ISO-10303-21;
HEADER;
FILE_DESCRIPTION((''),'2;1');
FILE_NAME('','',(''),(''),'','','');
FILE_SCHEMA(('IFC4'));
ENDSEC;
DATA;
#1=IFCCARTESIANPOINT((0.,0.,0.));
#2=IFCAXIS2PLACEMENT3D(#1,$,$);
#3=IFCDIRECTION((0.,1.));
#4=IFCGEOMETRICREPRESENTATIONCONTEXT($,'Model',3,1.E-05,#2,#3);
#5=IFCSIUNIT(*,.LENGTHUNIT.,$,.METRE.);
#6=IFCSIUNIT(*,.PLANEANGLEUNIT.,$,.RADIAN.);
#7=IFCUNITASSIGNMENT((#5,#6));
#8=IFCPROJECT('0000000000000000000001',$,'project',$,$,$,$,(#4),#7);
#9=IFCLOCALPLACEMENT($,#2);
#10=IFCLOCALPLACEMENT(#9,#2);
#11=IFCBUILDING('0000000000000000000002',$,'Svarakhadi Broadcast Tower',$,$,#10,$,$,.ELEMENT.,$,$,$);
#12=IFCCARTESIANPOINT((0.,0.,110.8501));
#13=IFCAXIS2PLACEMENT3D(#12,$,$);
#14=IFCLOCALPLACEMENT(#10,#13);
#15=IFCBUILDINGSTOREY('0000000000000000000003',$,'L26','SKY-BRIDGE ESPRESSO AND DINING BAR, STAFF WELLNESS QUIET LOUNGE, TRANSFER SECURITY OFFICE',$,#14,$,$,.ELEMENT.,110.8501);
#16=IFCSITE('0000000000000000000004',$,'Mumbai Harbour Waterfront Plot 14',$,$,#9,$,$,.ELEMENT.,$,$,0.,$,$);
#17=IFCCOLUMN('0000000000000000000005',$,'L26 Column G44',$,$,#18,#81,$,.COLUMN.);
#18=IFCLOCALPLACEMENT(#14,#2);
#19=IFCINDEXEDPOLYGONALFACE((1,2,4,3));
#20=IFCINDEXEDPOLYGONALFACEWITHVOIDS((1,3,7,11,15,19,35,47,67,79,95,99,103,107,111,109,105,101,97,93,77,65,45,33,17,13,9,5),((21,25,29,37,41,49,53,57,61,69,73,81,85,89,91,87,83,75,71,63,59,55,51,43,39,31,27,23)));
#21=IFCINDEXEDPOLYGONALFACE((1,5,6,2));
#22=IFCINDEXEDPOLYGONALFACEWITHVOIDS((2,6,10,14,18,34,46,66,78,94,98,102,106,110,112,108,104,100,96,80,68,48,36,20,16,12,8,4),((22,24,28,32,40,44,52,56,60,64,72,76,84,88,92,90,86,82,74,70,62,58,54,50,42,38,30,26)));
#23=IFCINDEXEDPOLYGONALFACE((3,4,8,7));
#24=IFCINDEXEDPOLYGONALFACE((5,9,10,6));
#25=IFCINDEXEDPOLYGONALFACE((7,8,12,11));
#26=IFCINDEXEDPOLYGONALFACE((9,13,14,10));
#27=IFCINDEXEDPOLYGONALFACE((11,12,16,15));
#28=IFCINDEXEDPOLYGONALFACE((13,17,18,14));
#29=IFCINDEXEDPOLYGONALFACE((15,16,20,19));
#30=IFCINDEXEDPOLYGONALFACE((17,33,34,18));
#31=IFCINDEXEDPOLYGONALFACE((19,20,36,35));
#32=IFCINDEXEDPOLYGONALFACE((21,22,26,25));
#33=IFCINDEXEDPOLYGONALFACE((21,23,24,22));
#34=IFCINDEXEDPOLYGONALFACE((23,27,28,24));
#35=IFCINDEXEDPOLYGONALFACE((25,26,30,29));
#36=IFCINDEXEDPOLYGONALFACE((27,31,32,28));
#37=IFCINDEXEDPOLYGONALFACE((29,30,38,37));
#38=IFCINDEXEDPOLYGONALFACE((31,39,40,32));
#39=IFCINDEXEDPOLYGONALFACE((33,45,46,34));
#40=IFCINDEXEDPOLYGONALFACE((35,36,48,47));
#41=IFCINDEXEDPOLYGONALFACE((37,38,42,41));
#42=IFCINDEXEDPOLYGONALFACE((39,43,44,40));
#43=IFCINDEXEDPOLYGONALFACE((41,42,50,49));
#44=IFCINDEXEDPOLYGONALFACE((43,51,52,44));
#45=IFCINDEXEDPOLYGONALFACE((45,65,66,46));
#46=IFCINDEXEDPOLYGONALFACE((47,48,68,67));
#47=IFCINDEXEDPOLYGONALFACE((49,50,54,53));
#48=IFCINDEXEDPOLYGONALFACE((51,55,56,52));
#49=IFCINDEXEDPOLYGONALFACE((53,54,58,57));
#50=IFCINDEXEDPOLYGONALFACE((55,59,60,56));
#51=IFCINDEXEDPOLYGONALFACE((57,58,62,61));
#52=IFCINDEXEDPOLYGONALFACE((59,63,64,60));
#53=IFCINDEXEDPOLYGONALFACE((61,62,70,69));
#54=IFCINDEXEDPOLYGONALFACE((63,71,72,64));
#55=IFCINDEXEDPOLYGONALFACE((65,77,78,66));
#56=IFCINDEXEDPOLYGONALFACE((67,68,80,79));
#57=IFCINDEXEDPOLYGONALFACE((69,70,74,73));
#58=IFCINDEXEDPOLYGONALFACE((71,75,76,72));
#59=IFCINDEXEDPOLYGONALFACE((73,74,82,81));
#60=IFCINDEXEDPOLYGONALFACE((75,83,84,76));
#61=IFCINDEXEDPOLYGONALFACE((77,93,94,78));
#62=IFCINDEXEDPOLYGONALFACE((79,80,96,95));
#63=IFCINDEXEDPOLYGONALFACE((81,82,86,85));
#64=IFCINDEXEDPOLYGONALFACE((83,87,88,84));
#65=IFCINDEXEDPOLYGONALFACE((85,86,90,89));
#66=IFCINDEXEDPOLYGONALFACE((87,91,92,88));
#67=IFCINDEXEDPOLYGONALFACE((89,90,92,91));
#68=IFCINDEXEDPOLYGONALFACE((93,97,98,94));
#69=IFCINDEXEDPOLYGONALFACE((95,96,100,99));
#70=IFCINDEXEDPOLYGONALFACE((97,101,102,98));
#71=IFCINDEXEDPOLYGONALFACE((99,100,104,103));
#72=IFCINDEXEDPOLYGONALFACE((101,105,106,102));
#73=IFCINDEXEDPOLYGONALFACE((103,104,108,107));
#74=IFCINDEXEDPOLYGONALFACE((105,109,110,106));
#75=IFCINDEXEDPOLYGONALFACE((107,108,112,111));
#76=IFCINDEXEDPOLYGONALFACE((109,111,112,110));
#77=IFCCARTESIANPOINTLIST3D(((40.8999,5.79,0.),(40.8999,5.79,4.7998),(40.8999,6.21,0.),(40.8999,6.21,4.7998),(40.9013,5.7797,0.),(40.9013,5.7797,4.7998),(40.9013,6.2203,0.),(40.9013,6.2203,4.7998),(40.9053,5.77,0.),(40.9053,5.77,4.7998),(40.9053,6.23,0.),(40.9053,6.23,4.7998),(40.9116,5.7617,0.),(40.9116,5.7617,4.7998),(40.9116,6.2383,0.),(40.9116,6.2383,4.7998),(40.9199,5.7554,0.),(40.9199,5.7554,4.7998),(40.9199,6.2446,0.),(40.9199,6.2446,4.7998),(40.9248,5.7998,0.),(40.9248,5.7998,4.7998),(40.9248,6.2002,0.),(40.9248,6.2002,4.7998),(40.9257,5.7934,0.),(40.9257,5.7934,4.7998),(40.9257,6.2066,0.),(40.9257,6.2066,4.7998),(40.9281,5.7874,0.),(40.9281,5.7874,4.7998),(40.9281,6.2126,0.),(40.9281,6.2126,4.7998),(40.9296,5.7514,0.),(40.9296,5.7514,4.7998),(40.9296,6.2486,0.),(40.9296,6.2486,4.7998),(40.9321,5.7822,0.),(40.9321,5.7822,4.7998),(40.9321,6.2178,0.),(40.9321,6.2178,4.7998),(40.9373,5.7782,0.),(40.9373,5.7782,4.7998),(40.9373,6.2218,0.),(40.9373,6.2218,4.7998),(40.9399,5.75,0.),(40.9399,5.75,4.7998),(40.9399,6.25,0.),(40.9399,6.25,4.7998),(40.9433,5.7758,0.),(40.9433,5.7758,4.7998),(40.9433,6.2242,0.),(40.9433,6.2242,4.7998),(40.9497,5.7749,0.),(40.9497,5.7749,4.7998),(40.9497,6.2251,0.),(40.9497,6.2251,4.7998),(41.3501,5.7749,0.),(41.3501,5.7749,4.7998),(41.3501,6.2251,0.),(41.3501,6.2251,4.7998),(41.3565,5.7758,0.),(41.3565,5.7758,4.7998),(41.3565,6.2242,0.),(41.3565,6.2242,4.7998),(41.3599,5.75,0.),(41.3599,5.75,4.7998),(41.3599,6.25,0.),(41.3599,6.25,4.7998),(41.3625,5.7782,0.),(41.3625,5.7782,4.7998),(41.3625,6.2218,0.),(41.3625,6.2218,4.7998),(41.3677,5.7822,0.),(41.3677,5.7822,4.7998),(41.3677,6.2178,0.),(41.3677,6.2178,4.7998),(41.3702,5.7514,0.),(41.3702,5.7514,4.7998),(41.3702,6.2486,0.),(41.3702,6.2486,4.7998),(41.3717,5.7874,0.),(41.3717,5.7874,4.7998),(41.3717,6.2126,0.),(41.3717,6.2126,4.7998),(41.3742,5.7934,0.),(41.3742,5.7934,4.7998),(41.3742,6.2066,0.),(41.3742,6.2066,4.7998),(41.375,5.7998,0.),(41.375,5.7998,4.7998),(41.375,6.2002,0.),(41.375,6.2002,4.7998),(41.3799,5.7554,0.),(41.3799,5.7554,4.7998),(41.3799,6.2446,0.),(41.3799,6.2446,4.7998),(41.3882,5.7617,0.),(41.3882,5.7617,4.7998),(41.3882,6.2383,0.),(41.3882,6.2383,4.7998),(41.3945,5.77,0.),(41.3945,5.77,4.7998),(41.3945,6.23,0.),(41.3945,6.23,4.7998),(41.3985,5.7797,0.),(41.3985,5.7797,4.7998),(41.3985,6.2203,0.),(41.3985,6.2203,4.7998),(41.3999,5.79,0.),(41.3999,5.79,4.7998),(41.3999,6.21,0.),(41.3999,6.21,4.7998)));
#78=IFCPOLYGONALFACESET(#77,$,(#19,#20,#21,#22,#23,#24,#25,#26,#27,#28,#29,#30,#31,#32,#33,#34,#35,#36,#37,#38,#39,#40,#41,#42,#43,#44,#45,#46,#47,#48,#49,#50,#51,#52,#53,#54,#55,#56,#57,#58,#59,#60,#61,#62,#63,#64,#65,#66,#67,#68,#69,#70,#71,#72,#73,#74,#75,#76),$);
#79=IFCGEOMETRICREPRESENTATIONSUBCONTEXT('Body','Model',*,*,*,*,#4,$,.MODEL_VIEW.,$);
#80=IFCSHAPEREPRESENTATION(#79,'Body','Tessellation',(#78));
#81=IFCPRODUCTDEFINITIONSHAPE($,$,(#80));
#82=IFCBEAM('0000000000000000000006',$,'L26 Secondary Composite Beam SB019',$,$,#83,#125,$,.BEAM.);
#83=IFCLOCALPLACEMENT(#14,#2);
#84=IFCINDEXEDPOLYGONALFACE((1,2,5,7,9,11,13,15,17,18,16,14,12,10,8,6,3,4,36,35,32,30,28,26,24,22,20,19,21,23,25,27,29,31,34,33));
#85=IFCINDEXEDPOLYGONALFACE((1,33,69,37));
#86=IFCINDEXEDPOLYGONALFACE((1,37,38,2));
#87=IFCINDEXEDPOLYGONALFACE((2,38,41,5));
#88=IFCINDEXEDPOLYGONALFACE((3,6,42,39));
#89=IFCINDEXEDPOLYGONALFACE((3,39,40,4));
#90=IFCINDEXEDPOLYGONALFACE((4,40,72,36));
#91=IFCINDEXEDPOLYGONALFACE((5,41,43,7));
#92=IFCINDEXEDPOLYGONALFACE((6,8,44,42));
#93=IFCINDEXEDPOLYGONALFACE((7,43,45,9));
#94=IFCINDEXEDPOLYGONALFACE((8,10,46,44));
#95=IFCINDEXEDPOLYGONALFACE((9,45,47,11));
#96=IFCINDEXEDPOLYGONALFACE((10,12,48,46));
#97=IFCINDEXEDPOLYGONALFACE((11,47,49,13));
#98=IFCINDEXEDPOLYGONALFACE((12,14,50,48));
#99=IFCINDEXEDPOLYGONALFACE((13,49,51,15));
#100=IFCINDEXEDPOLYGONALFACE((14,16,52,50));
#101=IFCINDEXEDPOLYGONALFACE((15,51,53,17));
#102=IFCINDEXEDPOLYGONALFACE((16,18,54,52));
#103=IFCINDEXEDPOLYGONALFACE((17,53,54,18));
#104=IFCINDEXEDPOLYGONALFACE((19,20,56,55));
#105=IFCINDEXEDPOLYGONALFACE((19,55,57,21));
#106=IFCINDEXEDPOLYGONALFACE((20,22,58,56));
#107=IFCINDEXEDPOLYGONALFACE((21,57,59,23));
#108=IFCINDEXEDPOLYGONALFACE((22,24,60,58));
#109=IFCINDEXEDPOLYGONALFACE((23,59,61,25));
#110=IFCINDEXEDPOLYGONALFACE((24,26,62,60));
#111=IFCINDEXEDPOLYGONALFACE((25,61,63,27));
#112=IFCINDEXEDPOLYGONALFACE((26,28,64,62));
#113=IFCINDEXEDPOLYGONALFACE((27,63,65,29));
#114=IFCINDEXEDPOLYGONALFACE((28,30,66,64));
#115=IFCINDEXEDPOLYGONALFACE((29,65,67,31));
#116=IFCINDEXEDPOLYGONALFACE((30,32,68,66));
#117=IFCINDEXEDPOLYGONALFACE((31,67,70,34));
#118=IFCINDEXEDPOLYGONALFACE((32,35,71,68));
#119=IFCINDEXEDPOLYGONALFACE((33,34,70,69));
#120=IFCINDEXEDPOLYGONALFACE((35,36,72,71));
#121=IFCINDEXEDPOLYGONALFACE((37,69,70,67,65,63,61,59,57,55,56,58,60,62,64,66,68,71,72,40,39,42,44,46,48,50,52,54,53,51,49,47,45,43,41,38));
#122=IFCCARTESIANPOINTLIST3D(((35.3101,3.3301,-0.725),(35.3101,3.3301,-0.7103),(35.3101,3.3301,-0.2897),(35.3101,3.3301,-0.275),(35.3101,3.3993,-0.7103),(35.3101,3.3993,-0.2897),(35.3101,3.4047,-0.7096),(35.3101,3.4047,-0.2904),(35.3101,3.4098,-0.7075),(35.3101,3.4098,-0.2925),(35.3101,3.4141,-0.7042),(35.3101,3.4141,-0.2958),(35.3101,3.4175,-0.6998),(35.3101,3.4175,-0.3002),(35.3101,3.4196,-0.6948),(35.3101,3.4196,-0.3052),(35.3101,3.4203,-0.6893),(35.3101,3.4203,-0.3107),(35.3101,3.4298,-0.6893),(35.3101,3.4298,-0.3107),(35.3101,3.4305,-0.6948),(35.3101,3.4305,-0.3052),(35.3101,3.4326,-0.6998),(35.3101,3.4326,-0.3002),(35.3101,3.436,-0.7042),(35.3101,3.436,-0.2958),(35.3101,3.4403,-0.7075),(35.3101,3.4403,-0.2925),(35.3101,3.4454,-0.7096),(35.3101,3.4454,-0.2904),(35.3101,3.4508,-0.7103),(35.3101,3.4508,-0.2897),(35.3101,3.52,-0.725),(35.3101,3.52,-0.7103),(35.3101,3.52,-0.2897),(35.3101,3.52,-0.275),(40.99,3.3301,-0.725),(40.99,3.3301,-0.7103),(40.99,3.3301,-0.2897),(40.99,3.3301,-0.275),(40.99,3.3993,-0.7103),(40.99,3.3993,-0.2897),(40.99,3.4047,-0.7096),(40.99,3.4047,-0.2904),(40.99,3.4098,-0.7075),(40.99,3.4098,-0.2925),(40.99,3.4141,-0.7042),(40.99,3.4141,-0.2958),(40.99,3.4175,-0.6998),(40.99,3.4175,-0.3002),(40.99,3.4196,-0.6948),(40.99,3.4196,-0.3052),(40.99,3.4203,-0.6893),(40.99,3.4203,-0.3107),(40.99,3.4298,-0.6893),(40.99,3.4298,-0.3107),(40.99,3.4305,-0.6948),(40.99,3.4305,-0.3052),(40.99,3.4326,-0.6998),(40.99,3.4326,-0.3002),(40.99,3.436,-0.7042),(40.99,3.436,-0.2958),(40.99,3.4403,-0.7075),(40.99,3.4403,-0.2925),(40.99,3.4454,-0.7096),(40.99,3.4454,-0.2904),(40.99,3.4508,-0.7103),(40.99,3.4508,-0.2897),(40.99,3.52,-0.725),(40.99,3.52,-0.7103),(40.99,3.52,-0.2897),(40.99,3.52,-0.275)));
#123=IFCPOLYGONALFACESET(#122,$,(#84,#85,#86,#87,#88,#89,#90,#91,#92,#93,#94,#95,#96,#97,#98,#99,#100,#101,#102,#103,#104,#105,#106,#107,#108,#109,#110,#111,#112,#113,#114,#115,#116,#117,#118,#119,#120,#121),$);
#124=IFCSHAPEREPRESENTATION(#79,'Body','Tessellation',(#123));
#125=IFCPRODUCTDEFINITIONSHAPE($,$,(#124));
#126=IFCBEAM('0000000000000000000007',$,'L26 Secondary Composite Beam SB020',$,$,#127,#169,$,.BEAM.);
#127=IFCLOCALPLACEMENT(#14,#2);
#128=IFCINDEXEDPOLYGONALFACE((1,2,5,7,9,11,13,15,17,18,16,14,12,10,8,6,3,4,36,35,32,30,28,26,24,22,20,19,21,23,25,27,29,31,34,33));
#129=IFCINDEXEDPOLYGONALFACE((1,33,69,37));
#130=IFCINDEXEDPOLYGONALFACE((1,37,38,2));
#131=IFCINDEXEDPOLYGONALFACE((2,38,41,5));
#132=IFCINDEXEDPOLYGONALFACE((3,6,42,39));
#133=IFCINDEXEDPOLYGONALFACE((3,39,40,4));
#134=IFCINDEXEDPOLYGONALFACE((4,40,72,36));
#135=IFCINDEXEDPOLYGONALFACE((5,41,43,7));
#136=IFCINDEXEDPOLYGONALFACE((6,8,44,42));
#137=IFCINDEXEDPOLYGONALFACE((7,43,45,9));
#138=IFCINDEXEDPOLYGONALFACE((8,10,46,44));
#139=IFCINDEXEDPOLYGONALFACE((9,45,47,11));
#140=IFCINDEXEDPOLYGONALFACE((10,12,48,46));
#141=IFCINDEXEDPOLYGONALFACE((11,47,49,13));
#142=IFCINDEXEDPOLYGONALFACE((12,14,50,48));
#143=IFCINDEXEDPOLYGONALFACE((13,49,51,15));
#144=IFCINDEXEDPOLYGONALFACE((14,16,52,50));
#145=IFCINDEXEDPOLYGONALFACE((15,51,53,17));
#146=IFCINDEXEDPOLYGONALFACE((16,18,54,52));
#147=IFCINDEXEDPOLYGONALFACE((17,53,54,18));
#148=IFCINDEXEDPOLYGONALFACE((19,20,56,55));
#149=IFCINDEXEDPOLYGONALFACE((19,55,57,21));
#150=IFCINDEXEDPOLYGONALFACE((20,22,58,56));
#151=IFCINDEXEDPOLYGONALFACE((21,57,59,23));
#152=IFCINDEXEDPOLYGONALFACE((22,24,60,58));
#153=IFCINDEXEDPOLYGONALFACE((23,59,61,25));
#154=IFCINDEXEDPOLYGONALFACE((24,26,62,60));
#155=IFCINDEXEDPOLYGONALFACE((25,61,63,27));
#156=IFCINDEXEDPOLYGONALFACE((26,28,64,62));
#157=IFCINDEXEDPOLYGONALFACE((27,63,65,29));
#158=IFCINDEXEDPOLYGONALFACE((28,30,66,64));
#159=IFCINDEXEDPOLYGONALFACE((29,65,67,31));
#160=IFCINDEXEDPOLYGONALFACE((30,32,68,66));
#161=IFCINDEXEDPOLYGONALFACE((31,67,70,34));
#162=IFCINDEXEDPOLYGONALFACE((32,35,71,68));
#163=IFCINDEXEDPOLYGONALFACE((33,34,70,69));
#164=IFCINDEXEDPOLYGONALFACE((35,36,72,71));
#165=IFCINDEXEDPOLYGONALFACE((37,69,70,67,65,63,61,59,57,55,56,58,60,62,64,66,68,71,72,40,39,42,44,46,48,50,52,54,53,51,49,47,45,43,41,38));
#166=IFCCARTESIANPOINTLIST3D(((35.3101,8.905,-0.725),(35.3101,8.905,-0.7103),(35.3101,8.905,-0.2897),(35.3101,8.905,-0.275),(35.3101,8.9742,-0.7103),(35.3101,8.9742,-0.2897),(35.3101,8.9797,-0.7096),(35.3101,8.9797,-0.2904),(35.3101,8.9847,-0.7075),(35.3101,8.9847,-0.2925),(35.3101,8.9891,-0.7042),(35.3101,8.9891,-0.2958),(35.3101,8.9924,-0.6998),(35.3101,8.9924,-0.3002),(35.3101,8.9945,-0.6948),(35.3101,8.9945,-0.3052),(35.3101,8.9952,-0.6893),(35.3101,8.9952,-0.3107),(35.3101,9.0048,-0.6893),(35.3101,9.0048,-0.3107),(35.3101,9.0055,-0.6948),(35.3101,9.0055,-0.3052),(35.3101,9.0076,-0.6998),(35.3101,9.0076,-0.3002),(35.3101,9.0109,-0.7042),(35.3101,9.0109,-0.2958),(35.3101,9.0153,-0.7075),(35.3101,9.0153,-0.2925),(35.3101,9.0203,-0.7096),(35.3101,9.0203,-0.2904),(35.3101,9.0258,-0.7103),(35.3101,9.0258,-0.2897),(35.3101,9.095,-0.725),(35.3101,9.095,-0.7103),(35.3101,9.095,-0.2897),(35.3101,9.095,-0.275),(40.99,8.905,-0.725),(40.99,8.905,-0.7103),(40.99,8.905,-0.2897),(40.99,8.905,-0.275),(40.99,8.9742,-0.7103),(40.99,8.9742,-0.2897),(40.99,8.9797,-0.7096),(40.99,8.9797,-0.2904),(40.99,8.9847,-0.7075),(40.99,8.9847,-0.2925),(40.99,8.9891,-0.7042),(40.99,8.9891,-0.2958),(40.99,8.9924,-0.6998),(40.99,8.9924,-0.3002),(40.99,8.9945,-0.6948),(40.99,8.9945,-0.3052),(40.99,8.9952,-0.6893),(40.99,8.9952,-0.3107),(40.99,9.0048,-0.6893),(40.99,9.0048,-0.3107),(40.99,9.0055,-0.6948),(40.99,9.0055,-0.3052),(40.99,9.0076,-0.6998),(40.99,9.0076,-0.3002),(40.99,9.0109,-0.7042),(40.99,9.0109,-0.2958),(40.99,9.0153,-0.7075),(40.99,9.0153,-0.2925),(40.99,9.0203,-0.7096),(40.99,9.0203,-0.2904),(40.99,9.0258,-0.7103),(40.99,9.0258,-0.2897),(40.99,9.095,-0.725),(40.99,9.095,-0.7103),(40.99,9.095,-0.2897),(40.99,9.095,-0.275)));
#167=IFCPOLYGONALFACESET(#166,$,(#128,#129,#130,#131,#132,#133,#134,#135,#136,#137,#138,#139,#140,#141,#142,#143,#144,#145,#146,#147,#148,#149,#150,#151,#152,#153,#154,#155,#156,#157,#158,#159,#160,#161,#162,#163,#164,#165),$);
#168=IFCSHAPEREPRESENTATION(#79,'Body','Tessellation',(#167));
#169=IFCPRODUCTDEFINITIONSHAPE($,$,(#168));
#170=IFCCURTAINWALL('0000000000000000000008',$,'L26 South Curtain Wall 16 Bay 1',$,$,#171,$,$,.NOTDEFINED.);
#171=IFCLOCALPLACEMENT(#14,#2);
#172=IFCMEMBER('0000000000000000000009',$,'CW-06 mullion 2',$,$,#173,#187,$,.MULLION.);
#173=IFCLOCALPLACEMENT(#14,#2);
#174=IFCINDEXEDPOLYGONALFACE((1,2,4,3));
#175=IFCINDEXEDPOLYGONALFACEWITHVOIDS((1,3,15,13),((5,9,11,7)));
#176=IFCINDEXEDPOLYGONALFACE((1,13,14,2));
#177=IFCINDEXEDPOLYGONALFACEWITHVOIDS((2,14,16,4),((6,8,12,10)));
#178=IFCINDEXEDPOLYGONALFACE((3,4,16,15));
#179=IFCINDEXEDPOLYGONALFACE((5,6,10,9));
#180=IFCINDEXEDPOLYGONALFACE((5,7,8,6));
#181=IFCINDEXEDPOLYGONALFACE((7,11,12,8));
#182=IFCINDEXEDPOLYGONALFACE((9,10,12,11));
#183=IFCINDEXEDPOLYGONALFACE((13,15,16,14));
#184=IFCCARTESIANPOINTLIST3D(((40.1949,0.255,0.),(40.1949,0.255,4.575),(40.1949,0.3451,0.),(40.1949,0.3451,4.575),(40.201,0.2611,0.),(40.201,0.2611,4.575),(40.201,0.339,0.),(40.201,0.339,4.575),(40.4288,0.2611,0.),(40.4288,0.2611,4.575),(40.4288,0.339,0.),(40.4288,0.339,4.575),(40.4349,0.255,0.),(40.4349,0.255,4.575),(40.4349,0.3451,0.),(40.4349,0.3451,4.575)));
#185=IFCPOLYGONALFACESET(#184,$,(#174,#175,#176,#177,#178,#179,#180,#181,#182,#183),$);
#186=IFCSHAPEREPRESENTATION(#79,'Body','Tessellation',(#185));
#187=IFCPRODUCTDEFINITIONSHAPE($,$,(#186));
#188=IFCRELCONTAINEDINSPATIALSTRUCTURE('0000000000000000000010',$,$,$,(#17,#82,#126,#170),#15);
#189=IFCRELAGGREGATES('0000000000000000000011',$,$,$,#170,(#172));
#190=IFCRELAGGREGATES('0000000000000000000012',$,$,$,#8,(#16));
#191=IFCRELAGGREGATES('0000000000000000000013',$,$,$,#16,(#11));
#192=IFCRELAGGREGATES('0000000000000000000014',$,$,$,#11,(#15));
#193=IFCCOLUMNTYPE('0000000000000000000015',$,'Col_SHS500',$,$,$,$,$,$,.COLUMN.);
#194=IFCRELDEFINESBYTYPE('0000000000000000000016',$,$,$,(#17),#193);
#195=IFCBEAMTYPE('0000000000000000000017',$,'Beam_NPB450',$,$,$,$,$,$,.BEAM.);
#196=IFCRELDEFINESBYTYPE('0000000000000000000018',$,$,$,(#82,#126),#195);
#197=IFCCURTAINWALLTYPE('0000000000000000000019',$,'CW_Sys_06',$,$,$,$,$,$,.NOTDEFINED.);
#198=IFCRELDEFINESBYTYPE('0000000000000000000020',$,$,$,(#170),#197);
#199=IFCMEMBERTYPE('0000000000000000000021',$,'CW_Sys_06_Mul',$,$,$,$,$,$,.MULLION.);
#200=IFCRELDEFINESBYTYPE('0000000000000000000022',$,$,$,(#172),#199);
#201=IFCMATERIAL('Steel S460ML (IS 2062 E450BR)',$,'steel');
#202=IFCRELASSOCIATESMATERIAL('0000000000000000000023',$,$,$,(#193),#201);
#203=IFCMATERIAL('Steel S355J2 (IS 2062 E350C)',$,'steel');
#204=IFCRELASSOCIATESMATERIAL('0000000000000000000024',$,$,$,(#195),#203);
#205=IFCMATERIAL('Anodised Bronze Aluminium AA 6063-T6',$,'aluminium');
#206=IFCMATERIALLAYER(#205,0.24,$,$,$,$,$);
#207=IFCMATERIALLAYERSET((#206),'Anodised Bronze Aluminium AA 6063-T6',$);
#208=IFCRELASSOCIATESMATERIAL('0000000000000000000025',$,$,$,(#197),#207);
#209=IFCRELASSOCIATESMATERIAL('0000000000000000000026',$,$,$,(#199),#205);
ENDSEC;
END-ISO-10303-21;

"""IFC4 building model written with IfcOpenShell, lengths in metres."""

from ifc_helpers import new_model, si_unit, direction, frame, origin, origin_2d, place, context, subcontext, project, spatial, hollow_rectangle, i_section, extrude, material, layer, layer_set, material_profile, profile_set, type_object, element, aggregate, save


model = new_model("IFC4")

# Units and contexts
model_context = context("Model", 3, precision=1e-05, world=origin(), true_north=direction((0.0, 1.0)))
body_context = subcontext(model_context, "Body", "Model", "MODEL_VIEW")
ifc_project = project(units=[si_unit("LENGTHUNIT", "METRE"), si_unit("PLANEANGLEUNIT", "RADIAN")], contexts=[model_context])

# Site, building, storey
site_placement = place(None, origin())
site = spatial("IfcSite", under=ifc_project, at=site_placement, Name="Mumbai Harbour Waterfront Plot 14", CompositionType="ELEMENT", RefElevation=0.0)
building_placement = place(site_placement, origin())
building = spatial("IfcBuilding", under=site, at=building_placement, Name="Svarakhadi Broadcast Tower", CompositionType="ELEMENT")
storey_placement = place(building_placement, frame((0.0, 0.0, 110.8501)))
storey = spatial("IfcBuildingStorey", under=building, at=storey_placement, Name="L26", Description="SKY-BRIDGE ESPRESSO AND DINING BAR, STAFF WELLNESS QUIET LOUNGE, TRANSFER SECURITY OFFICE", CompositionType="ELEMENT", Elevation=110.8501)

# Column
ifc_material_1 = material(Name="Steel S460ML (IS 2062 E450BR)", Category="steel")
ifc_material_profile_1 = material_profile(ifc_material_1, hollow_rectangle(XDim=0.5, YDim=0.5, WallThickness=0.0249, InnerFilletRadius=0.0249, OuterFilletRadius=0.04, at=origin_2d()), Name="SHS 500x500x25")
ifc_profile_set_1 = profile_set([ifc_material_profile_1], Name="Steel S460ML (IS 2062 E450BR)")
column_type_1 = type_object("IfcColumnType", Name="Col_SHS500", PredefinedType="COLUMN", material=ifc_profile_set_1)
for number, where, z_axis, x_axis, name in (
    (1, (41.1499, 6.0, 0.0), (0.0, 0.0, 1.0), (1.0, 0.0, 0.0), "L26 Column G44"),
):
    element("IfcColumn", number, at=place(storey_placement, frame(where, z_axis=z_axis, x_axis=x_axis)), inside=storey, type_object=column_type_1, Name=name, PredefinedType="COLUMN", context=body_context, shape_type="SweptSolid", body=[
        extrude(hollow_rectangle(XDim=0.5, YDim=0.5, WallThickness=0.0249, InnerFilletRadius=0.0249, OuterFilletRadius=0.04, at=origin_2d()), origin(), (0.0, 0.0, 1.0), 4.7998),
    ])

# Beams
ifc_material_2 = material(Name="Steel S355J2 (IS 2062 E350C)", Category="steel")
ifc_material_profile_2 = material_profile(ifc_material_2, i_section(OverallWidth=0.1899, OverallDepth=0.45, WebThickness=0.0095, FlangeThickness=0.0146, FilletRadius=0.021, at=origin_2d()), Name="NPB 450x190x78")
ifc_profile_set_2 = profile_set([ifc_material_profile_2], Name="Steel S355J2 (IS 2062 E350C)")
beam_type_1 = type_object("IfcBeamType", Name="Beam_NPB450", PredefinedType="BEAM", material=ifc_profile_set_2)
for number, where, z_axis, x_axis, name in (
    (2, (35.3101, 3.425, -0.5), (1.0, 0.0, 0.0), (0.0, 1.0, 0.0), "L26 Secondary Composite Beam SB019"),
    (3, (35.3101, 9.0, -0.5), (1.0, 0.0, 0.0), (0.0, 1.0, 0.0), "L26 Secondary Composite Beam SB020"),
):
    element("IfcBeam", number, at=place(storey_placement, frame(where, z_axis=z_axis, x_axis=x_axis)), inside=storey, type_object=beam_type_1, Name=name, PredefinedType="BEAM", context=body_context, shape_type="SweptSolid", body=[
        extrude(i_section(OverallWidth=0.1899, OverallDepth=0.45, WebThickness=0.0095, FlangeThickness=0.0146, FilletRadius=0.021, at=origin_2d()), origin(), (0.0, 0.0, 1.0), 5.6799),
    ])

# Curtain wall, member
ifc_material_3 = material(Name="Anodised Bronze Aluminium AA 6063-T6", Category="aluminium")
ifc_layer_1 = layer(ifc_material_3, 0.24)
ifc_layer_set_1 = layer_set([ifc_layer_1], Name="Anodised Bronze Aluminium AA 6063-T6")
curtain_wall_type = type_object("IfcCurtainWallType", Name="CW_Sys_06", PredefinedType="NOTDEFINED", material=ifc_layer_set_1)
curtain_wall_1_placement = place(storey_placement, origin())
curtain_wall_1 = element("IfcCurtainWall", 4, at=curtain_wall_1_placement, inside=storey, type_object=curtain_wall_type, Name="L26 South Curtain Wall 16 Bay 1", PredefinedType="NOTDEFINED")
ifc_material_profile_3 = material_profile(ifc_material_3, hollow_rectangle(XDim=0.0901, YDim=0.24, WallThickness=0.0061, at=origin_2d()), Name="ALU MULLION 240x90x6")
ifc_profile_set_3 = profile_set([ifc_material_profile_3], Name="Anodised Bronze Aluminium AA 6063-T6")
member_type_1 = type_object("IfcMemberType", Name="CW_Sys_06_Mul", PredefinedType="MULLION", material=ifc_profile_set_3)
member_1_placement = place(storey_placement, frame((40.3149, 0.3, 0.0), z_axis=(0.0, 0.0, 1.0), x_axis=(0.0, -1.0, 0.0)))
member_1 = element("IfcMember", 5, at=member_1_placement, type_object=member_type_1, Name="CW-06 mullion 2", PredefinedType="MULLION", context=body_context, shape_type="SweptSolid", body=[
    extrude(hollow_rectangle(XDim=0.0901, YDim=0.24, WallThickness=0.0061, at=origin_2d()), origin(), (0.0, 0.0, 1.0), 4.575),
])

aggregate(curtain_wall_1, [member_1])

save(model, "model.ifc")
